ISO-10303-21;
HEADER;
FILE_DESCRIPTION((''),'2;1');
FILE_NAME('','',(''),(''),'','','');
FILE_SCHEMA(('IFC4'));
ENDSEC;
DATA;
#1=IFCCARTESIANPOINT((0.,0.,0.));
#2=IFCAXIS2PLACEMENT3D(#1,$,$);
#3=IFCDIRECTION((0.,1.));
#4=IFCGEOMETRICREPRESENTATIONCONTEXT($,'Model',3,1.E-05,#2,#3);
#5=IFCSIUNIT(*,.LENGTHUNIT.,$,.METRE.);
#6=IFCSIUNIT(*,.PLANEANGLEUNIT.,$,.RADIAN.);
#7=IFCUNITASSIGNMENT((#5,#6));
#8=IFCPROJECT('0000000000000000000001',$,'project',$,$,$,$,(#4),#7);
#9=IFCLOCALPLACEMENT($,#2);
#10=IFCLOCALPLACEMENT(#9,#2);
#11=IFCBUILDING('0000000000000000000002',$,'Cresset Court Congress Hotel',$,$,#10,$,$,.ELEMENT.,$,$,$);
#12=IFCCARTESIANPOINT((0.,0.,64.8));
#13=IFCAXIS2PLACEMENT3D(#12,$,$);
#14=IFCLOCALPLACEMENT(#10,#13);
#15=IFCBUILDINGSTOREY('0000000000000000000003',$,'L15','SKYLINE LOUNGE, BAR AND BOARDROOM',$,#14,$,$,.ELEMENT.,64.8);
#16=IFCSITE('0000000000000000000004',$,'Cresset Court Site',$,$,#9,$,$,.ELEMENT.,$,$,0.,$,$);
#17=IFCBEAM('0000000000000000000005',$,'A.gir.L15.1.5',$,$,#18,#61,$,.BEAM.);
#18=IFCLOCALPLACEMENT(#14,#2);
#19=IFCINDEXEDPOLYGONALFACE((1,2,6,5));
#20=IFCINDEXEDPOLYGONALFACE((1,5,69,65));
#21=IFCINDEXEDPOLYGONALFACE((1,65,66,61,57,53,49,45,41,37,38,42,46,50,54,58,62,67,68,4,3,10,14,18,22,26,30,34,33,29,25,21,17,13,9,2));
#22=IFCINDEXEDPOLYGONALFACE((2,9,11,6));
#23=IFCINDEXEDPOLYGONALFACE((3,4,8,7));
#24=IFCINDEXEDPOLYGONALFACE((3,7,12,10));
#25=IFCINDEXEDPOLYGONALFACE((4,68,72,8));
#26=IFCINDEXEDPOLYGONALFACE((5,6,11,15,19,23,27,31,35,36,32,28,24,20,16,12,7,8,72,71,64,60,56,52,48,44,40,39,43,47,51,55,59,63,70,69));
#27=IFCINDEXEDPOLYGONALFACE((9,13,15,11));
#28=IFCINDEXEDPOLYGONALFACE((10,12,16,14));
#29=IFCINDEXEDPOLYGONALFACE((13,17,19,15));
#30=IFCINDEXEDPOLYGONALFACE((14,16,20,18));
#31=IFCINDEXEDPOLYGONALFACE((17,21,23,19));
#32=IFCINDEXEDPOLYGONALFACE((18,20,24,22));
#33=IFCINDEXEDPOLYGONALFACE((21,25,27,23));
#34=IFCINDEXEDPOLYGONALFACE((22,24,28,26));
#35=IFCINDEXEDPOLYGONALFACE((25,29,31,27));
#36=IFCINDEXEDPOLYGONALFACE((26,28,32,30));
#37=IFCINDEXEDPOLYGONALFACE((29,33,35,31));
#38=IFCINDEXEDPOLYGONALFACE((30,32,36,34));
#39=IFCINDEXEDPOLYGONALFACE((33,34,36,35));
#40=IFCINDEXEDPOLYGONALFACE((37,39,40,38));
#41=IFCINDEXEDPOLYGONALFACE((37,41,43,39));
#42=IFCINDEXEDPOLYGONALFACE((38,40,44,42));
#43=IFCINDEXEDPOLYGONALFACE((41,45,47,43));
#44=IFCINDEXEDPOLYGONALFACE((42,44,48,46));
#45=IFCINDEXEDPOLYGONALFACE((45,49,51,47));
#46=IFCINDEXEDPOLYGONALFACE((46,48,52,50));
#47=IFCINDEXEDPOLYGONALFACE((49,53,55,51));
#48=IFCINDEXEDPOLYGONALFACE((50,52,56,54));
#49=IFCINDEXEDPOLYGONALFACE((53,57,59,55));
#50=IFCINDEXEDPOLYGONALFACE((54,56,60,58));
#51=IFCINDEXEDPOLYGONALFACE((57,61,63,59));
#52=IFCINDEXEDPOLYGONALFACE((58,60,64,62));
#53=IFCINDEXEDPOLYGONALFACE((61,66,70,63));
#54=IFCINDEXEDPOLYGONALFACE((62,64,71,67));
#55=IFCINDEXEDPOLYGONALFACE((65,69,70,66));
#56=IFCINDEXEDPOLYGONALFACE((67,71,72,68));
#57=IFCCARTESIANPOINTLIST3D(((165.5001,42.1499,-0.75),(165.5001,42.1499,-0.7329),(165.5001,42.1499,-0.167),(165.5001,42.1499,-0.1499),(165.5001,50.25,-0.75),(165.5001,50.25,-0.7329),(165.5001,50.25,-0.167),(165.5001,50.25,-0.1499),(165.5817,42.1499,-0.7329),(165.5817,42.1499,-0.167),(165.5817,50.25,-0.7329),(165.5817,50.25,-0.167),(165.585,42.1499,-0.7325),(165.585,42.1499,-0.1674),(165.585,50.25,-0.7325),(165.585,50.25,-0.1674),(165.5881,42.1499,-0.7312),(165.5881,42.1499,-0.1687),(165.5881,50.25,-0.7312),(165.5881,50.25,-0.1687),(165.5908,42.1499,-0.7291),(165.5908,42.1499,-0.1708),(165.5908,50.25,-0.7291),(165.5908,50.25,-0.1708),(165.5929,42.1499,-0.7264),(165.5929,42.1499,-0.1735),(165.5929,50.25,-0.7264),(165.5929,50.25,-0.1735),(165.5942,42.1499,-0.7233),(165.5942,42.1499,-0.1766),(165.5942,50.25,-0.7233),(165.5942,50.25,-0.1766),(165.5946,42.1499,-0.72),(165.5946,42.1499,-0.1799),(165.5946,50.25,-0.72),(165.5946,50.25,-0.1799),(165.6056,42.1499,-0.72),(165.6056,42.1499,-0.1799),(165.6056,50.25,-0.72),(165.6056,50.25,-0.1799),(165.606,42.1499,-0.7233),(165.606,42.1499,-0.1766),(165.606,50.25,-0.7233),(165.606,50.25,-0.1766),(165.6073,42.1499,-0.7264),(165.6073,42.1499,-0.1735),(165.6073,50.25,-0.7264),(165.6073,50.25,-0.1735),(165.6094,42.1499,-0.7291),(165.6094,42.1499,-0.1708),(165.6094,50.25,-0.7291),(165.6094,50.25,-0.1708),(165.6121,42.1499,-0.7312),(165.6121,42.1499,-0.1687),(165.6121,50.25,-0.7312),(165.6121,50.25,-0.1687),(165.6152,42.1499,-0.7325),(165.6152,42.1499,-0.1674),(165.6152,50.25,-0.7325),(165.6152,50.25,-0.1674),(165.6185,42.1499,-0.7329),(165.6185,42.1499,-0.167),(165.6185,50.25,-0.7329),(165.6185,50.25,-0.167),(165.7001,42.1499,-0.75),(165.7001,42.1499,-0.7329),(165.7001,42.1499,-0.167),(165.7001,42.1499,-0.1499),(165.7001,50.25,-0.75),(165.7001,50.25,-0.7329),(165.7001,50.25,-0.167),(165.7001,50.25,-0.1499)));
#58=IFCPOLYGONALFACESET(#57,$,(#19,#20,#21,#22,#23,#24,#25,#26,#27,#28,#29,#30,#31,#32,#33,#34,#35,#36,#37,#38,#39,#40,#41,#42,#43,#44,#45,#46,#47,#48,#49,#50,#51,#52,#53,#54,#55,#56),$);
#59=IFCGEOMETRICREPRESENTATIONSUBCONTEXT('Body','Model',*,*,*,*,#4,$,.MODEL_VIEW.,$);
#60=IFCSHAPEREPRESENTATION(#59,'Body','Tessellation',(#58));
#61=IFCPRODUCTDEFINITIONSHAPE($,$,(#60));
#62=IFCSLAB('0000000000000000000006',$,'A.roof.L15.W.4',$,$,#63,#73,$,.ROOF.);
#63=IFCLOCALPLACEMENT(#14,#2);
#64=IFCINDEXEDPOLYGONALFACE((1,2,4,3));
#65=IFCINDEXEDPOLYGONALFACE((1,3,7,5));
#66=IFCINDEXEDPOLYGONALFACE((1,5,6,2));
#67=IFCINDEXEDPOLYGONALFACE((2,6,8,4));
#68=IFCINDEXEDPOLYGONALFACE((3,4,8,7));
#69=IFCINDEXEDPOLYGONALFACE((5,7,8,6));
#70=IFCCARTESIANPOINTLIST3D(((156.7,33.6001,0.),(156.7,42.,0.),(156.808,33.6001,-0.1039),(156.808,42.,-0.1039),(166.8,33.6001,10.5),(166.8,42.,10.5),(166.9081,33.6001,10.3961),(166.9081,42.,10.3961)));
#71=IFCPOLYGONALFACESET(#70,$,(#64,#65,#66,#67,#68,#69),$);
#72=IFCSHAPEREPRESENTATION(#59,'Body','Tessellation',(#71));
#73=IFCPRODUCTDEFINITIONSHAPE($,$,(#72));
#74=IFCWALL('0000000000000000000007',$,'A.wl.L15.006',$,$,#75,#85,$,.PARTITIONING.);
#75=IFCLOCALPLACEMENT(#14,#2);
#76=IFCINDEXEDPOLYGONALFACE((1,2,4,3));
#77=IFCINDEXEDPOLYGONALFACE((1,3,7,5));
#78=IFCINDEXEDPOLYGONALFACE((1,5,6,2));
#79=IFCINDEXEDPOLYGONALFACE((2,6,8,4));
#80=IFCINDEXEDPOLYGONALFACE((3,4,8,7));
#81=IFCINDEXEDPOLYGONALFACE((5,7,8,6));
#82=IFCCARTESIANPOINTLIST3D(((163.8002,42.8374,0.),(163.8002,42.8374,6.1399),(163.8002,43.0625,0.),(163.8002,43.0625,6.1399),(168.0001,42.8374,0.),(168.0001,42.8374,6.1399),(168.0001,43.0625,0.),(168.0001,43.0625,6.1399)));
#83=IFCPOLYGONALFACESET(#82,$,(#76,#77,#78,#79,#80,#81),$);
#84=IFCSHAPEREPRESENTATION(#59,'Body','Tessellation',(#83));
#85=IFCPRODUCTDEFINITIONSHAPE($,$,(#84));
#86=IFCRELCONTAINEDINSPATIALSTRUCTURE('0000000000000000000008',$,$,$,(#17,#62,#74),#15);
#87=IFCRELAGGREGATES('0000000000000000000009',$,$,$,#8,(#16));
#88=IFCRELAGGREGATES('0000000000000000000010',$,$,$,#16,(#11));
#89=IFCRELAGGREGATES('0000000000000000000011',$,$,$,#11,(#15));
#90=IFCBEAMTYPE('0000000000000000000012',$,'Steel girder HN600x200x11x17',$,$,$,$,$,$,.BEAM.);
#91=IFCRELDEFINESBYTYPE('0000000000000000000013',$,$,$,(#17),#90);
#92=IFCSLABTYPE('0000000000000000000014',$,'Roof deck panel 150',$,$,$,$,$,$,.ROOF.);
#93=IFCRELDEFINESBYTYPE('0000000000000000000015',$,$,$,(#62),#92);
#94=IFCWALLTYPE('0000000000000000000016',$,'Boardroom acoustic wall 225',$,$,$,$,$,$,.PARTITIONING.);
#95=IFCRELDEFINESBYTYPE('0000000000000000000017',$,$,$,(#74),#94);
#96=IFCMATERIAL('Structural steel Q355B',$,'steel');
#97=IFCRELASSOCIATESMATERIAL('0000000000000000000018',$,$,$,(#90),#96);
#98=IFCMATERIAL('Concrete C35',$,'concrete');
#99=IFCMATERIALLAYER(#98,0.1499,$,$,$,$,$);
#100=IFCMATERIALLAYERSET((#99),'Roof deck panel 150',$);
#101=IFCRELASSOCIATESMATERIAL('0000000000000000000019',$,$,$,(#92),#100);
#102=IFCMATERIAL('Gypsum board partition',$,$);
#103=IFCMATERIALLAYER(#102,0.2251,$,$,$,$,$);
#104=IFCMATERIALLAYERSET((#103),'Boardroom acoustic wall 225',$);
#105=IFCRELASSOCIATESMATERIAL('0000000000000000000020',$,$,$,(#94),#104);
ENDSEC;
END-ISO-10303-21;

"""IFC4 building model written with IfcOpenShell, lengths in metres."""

from ifc_helpers import new_model, si_unit, direction, frame, frame_2d, origin, origin_2d, place, context, subcontext, project, spatial, polyline, rectangle, i_section, outline, extrude, material, layer, layer_set, material_profile, profile_set, type_object, element, save


model = new_model("IFC4")

# Units and contexts
model_context = context("Model", 3, precision=1e-05, world=origin(), true_north=direction((0.0, 1.0)))
body_context = subcontext(model_context, "Body", "Model", "MODEL_VIEW")
ifc_project = project(units=[si_unit("LENGTHUNIT", "METRE"), si_unit("PLANEANGLEUNIT", "RADIAN")], contexts=[model_context])

# Site, building, storey
site_placement = place(None, origin())
site = spatial("IfcSite", under=ifc_project, at=site_placement, Name="Cresset Court Site", CompositionType="ELEMENT", RefElevation=0.0)
building_placement = place(site_placement, origin())
building = spatial("IfcBuilding", under=site, at=building_placement, Name="Cresset Court Congress Hotel", CompositionType="ELEMENT")
storey_placement = place(building_placement, frame((0.0, 0.0, 64.8)))
storey = spatial("IfcBuildingStorey", under=building, at=storey_placement, Name="L15", Description="SKYLINE LOUNGE, BAR AND BOARDROOM", CompositionType="ELEMENT", Elevation=64.8)

# Beam
ifc_material_1 = material(Name="Structural steel Q355B", Category="steel")
ifc_material_profile_1 = material_profile(ifc_material_1, i_section(OverallWidth=0.2, OverallDepth=0.6001, WebThickness=0.011, FlangeThickness=0.0171, FilletRadius=0.0129, at=origin_2d()), Name="HN600x200x11x17")
ifc_profile_set_1 = profile_set([ifc_material_profile_1], Name="Structural steel Q355B")
beam_type_1 = type_object("IfcBeamType", Name="Steel girder HN600x200x11x17", PredefinedType="BEAM", material=ifc_profile_set_1)
for number, where, z_axis, x_axis, name in (
    (1, (165.6001, 42.1499, -0.45), (0.0, 1.0, 0.0), (-1.0, 0.0, 0.0), "A.gir.L15.1.5"),
):
    element("IfcBeam", number, at=place(storey_placement, frame(where, z_axis=z_axis, x_axis=x_axis)), inside=storey, type_object=beam_type_1, Name=name, PredefinedType="BEAM", context=body_context, shape_type="SweptSolid", body=[
        extrude(i_section(OverallWidth=0.2, OverallDepth=0.6001, WebThickness=0.011, FlangeThickness=0.0171, FilletRadius=0.0129, at=origin_2d()), origin(), (0.0, 0.0, 1.0), 8.1001),
    ])

# Slab
ifc_material_2 = material(Name="Concrete C35", Category="concrete")
ifc_layer_1 = layer(ifc_material_2, 0.1499)
ifc_layer_set_1 = layer_set([ifc_layer_1], Name="Roof deck panel 150")
slab_type = type_object("IfcSlabType", Name="Roof deck panel 150", PredefinedType="ROOF", material=ifc_layer_set_1)
slab_placement = place(storey_placement, frame((166.8, 33.6001, 10.5), z_axis=(-0.720698, 0.0, 0.693249), x_axis=(-0.693249, 0.0, -0.720698)))
element("IfcSlab", 2, at=slab_placement, inside=storey, type_object=slab_type, Name="A.roof.L15.W.4", PredefinedType="ROOF", context=body_context, shape_type="SweptSolid", body=[
    extrude(outline(polyline([(0.0, 0.0), (14.5692, 0.0), (14.5692, -8.3999), (0.0, -8.3999), (0.0, 0.0)])), origin(), (0.0, 0.0, -1.0), 0.1499),
])

# Wall
ifc_material_3 = material(Name="Gypsum board partition")
ifc_layer_2 = layer(ifc_material_3, 0.2251)
ifc_layer_set_2 = layer_set([ifc_layer_2], Name="Boardroom acoustic wall 225")
wall_type = type_object("IfcWallType", Name="Boardroom acoustic wall 225", PredefinedType="PARTITIONING", material=ifc_layer_set_2)
wall_placement = place(storey_placement, frame((163.8, 42.95, 0.0), z_axis=(0.0, 0.0, 1.0), x_axis=(1.0, 0.0, 0.0)))
element("IfcWall", 3, at=wall_placement, inside=storey, type_object=wall_type, Name="A.wl.L15.006", PredefinedType="PARTITIONING", context=body_context, shape_type="SweptSolid", body=[
    extrude(rectangle(XDim=4.2, YDim=0.2251, at=frame_2d((2.1001, 0.0))), origin(), (0.0, 0.0, 1.0), 6.1399),
])

save(model, "model.ifc")
